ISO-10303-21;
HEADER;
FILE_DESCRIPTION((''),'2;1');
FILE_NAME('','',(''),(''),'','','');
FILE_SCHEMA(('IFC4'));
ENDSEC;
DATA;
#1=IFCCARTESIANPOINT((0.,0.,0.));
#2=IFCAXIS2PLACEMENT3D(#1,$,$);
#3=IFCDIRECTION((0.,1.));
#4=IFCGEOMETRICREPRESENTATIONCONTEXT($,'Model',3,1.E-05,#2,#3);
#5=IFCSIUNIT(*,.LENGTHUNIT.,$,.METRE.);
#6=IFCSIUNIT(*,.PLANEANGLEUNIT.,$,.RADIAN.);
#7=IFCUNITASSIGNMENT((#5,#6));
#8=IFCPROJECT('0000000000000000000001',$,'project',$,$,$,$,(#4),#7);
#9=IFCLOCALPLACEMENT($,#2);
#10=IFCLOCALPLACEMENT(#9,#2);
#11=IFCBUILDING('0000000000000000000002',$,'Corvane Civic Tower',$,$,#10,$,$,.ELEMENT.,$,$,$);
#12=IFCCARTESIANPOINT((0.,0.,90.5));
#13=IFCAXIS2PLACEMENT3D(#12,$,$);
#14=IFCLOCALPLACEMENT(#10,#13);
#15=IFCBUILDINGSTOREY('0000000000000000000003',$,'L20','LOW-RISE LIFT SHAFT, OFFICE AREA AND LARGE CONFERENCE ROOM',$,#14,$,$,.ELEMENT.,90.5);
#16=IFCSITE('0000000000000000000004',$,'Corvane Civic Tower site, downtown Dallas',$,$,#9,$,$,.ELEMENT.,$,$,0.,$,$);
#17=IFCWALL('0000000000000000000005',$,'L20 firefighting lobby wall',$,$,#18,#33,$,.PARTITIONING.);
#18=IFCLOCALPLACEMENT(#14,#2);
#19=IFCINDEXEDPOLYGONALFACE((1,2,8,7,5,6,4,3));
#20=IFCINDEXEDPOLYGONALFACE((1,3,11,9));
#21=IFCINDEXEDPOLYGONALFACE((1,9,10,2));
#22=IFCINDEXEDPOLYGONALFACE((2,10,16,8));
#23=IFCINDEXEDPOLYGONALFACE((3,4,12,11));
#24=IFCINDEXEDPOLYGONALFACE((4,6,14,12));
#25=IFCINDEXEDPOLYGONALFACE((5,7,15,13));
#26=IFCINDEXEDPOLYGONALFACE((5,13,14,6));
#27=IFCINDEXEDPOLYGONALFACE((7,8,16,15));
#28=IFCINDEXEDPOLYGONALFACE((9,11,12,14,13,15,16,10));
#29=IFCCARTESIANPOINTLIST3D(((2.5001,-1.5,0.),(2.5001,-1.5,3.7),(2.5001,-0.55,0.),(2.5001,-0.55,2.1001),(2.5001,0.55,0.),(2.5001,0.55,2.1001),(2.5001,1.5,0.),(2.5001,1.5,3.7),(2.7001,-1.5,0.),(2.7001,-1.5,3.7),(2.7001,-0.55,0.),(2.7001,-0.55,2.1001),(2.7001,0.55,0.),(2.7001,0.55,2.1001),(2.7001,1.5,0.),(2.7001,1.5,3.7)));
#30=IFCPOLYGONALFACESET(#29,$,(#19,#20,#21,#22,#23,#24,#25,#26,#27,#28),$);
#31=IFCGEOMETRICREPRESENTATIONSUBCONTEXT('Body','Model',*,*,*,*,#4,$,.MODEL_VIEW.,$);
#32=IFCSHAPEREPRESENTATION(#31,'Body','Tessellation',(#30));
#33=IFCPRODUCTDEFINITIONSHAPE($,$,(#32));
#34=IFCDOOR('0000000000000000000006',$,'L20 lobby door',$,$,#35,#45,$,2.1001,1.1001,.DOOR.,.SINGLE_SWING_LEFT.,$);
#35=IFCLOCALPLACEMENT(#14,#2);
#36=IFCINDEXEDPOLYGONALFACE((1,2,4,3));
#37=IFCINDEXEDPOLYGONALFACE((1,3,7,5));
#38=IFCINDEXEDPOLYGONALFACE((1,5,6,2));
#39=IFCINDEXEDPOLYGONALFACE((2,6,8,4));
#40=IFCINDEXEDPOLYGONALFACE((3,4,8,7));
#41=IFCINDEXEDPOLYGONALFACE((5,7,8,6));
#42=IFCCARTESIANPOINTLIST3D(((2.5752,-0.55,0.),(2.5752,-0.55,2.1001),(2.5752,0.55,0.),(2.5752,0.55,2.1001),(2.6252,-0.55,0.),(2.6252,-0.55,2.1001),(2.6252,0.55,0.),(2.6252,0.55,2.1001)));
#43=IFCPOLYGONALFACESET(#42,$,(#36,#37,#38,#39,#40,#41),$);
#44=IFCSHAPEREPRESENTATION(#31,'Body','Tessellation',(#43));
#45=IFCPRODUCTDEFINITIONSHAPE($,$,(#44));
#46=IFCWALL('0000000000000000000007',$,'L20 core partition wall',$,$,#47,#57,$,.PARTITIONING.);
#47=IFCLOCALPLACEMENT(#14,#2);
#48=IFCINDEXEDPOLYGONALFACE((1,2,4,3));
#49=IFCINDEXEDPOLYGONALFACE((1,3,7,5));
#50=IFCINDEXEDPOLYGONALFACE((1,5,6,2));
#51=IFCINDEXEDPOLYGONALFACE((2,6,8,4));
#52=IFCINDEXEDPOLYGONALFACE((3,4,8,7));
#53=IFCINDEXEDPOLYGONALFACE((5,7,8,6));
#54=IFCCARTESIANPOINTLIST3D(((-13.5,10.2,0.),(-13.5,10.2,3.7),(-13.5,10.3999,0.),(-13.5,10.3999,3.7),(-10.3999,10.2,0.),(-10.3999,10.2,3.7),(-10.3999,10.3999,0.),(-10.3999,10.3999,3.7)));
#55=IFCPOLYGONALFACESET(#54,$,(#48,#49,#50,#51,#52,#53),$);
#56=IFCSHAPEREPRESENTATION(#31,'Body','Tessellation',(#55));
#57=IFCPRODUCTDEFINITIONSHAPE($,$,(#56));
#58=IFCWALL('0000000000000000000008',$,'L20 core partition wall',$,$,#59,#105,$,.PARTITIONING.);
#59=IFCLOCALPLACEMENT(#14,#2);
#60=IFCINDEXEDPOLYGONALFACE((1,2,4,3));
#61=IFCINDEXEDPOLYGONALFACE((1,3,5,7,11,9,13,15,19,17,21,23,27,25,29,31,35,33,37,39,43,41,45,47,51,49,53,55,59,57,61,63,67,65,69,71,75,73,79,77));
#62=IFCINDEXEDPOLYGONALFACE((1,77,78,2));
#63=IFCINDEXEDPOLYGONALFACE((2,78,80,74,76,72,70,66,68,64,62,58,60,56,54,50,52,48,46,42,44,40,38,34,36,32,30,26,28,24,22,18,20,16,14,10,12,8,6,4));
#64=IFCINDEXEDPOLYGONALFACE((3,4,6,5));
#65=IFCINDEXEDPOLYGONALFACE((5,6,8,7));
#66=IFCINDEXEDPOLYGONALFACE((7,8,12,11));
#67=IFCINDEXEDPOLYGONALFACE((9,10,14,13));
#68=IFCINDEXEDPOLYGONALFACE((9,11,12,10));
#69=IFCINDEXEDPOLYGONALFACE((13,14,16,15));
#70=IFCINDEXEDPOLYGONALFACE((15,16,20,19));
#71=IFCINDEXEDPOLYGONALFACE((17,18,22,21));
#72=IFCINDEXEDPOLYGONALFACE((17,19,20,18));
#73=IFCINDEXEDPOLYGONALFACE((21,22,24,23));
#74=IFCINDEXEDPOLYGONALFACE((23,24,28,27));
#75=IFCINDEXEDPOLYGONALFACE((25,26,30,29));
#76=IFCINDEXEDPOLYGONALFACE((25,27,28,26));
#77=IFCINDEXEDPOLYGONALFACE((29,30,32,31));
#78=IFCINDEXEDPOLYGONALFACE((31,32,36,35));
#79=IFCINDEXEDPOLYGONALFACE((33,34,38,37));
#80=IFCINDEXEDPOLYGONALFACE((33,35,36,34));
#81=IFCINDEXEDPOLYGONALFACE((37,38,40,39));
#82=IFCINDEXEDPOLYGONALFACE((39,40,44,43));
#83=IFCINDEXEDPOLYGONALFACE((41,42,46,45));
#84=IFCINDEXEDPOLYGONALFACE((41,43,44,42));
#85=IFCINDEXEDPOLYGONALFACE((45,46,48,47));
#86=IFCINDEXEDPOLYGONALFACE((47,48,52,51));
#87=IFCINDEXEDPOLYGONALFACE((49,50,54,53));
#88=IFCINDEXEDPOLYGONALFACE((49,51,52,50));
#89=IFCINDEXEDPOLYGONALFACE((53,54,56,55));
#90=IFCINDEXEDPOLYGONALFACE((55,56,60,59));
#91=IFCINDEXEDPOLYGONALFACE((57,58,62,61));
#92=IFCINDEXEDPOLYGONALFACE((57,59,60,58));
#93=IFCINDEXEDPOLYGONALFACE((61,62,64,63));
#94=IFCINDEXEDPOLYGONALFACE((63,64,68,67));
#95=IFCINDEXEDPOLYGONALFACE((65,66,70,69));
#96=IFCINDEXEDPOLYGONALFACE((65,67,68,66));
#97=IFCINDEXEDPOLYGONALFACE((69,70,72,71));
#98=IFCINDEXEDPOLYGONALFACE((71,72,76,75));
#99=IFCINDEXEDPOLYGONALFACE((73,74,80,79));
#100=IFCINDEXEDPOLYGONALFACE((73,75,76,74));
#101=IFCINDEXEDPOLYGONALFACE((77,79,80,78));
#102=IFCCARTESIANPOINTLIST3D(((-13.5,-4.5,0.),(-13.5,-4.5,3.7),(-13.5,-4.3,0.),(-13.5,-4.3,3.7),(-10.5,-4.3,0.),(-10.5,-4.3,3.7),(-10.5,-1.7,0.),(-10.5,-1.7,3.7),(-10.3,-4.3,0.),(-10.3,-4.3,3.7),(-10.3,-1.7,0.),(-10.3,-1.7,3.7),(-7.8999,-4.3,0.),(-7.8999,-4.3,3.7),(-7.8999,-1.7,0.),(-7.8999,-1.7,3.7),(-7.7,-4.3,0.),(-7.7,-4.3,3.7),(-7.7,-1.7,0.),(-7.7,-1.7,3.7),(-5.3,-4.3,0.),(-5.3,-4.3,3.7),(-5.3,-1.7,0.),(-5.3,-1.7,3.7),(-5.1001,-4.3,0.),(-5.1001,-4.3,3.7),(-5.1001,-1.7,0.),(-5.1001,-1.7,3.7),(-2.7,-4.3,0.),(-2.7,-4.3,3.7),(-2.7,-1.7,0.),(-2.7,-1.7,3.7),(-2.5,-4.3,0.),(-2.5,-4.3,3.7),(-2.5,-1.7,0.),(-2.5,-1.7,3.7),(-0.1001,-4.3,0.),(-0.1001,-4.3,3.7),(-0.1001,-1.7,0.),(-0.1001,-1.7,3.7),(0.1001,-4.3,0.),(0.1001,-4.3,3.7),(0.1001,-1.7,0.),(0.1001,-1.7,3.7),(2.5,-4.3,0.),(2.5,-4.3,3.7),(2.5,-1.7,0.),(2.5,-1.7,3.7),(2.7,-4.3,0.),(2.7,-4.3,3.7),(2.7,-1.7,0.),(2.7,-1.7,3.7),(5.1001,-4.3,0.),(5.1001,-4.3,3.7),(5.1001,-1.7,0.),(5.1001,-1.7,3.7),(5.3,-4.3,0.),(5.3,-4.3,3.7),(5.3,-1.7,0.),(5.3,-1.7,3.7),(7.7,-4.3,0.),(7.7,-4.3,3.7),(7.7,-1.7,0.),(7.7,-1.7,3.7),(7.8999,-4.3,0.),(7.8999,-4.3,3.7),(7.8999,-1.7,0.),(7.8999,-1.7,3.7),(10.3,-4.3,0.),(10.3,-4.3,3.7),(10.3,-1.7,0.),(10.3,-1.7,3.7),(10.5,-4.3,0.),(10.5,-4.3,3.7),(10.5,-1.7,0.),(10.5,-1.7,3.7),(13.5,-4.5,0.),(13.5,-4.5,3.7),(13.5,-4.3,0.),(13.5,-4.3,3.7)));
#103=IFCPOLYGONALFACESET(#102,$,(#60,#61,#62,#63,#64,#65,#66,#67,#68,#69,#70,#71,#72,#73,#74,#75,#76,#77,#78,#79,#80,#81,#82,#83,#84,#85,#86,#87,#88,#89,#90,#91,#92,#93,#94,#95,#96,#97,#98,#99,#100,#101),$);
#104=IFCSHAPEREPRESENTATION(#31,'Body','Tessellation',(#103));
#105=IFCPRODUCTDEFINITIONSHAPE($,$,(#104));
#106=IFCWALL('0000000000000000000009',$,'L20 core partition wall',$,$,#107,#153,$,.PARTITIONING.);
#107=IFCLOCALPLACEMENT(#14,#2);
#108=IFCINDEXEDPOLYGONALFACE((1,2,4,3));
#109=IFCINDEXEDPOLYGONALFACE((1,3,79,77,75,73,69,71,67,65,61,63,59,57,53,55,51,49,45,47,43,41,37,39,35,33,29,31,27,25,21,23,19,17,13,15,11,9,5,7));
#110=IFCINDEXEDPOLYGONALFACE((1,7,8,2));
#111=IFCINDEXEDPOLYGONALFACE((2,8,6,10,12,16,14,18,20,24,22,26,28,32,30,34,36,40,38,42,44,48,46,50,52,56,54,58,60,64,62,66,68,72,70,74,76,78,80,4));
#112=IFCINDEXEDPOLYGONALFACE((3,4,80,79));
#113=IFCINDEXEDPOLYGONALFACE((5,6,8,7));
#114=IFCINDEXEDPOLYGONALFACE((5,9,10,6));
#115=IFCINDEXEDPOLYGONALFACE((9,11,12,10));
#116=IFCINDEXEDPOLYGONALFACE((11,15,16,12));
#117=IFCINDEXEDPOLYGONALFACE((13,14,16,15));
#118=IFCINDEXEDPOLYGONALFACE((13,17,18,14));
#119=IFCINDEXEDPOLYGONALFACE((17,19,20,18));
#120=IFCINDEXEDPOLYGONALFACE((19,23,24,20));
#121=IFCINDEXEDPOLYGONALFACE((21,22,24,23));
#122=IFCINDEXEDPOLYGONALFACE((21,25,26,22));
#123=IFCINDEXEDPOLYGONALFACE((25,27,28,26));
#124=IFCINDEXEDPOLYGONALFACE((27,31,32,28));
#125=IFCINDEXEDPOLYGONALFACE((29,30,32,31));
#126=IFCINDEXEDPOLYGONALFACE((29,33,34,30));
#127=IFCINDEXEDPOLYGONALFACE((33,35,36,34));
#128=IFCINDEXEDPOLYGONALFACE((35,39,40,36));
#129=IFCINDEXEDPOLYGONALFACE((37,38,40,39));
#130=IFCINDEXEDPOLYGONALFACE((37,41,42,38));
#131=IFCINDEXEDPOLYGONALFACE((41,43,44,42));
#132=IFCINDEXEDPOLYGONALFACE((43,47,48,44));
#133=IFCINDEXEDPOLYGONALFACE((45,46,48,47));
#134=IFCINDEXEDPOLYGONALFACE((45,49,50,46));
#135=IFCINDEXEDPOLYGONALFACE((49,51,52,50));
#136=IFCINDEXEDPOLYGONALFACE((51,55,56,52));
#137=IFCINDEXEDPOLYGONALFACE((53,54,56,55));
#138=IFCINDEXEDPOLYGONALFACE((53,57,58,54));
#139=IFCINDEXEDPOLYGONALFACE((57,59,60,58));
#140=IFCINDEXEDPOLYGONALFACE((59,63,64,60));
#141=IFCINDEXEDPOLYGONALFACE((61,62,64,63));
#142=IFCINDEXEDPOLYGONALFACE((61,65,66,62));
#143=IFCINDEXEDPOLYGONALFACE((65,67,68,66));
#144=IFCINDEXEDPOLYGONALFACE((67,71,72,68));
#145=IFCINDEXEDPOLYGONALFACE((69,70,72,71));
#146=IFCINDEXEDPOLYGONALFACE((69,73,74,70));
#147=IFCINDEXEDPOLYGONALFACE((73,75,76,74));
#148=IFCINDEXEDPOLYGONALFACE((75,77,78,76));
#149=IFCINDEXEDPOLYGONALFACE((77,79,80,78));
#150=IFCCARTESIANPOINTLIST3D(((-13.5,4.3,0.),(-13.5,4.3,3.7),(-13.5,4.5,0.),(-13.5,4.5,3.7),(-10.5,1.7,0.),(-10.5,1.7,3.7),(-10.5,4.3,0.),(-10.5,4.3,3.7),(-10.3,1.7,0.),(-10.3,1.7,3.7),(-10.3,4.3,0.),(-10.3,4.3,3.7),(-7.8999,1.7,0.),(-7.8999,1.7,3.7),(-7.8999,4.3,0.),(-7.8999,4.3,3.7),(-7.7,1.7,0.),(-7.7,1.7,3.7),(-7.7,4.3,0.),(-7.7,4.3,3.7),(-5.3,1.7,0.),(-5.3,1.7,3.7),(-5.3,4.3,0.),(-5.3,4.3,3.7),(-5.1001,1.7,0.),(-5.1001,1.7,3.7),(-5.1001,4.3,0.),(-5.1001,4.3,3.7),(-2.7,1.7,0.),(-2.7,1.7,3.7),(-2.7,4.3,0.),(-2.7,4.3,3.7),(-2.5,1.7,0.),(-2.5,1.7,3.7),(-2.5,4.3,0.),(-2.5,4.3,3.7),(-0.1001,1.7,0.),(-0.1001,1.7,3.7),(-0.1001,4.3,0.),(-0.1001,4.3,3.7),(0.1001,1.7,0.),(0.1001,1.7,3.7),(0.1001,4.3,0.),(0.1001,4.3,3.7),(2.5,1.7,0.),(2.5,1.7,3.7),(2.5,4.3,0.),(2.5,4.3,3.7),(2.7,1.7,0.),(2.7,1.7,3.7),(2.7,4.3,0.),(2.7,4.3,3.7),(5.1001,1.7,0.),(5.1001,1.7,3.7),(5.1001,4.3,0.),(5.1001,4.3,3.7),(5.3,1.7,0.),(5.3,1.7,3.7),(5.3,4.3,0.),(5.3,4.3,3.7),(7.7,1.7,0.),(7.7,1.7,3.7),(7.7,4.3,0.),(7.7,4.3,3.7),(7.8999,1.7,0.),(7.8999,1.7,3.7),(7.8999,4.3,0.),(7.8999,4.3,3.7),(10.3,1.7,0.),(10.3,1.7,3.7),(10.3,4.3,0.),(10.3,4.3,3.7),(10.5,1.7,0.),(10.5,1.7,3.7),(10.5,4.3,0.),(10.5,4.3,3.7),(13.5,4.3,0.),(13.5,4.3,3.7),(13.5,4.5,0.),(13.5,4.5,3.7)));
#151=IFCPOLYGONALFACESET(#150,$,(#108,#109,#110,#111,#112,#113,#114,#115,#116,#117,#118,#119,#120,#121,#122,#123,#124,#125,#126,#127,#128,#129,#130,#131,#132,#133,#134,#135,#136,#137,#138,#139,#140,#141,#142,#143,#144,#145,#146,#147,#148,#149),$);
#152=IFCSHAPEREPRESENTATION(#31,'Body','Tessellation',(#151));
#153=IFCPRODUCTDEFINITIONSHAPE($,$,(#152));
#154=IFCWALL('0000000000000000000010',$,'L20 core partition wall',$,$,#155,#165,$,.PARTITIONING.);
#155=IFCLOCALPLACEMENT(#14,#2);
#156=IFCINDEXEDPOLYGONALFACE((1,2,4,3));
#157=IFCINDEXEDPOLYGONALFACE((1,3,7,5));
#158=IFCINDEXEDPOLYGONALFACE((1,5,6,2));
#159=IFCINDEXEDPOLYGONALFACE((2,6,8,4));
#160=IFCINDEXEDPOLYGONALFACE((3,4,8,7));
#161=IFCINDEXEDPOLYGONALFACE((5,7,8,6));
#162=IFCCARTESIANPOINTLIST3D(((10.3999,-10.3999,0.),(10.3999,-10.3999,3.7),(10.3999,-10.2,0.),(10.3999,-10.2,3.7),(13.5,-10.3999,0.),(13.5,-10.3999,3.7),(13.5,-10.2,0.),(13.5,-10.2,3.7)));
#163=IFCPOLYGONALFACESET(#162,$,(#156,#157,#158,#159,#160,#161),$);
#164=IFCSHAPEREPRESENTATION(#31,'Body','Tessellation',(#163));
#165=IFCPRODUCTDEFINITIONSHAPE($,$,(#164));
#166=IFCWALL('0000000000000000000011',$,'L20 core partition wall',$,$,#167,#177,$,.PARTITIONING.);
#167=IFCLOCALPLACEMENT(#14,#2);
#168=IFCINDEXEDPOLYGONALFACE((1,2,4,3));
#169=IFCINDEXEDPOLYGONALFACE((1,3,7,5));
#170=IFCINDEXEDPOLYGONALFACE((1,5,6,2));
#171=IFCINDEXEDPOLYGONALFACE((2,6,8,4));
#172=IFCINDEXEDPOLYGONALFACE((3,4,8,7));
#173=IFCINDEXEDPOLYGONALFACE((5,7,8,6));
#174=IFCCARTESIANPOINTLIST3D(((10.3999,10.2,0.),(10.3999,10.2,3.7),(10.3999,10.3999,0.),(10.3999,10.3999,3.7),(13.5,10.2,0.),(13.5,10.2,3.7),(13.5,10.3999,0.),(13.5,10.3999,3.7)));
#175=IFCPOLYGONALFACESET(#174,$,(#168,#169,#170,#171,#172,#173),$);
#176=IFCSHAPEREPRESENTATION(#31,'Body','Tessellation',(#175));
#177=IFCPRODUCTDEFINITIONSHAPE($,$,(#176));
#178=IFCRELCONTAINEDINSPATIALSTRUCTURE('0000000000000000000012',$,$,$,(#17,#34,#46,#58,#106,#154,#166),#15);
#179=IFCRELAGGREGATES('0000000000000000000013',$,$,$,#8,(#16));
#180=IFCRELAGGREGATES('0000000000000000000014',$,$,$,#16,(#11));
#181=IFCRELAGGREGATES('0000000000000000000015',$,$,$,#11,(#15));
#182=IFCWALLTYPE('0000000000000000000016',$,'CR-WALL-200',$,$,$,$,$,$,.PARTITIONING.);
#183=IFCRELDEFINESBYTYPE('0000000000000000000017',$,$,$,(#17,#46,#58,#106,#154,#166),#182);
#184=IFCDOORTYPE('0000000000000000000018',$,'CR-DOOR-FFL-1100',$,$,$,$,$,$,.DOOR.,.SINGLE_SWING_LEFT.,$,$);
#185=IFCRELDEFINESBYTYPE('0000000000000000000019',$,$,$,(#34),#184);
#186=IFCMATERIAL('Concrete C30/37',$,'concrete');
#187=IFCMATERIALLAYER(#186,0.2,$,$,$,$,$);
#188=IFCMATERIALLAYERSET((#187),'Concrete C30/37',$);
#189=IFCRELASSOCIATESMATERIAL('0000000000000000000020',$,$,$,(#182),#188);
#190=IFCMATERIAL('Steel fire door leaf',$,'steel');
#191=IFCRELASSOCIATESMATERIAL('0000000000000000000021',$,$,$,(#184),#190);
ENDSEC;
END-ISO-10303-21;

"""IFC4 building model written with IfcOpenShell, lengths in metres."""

from ifc_helpers import new_model, si_unit, direction, frame, frame_2d, origin, place, context, subcontext, project, spatial, polyline, rectangle, outline, extrude, material, layer, layer_set, type_object, element, fill, save


model = new_model("IFC4")

# Units and contexts
model_context = context("Model", 3, precision=1e-05, world=origin(), true_north=direction((0.0, 1.0)))
body_context = subcontext(model_context, "Body", "Model", "MODEL_VIEW")
ifc_project = project(units=[si_unit("LENGTHUNIT", "METRE"), si_unit("PLANEANGLEUNIT", "RADIAN")], contexts=[model_context])

# Site, building, storey
site_placement = place(None, origin())
site = spatial("IfcSite", under=ifc_project, at=site_placement, Name="Corvane Civic Tower site, downtown Dallas", CompositionType="ELEMENT", RefElevation=0.0)
building_placement = place(site_placement, origin())
building = spatial("IfcBuilding", under=site, at=building_placement, Name="Corvane Civic Tower", CompositionType="ELEMENT")
storey_placement = place(building_placement, frame((0.0, 0.0, 90.5)))
storey = spatial("IfcBuildingStorey", under=building, at=storey_placement, Name="L20", Description="LOW-RISE LIFT SHAFT, OFFICE AREA AND LARGE CONFERENCE ROOM", CompositionType="ELEMENT", Elevation=90.5)

# Wall, opening, door
ifc_material_1 = material(Name="Concrete C30/37", Category="concrete")
ifc_layer_1 = layer(ifc_material_1, 0.2)
ifc_layer_set_1 = layer_set([ifc_layer_1], Name="Concrete C30/37")
wall_type_1 = type_object("IfcWallType", Name="CR-WALL-200", PredefinedType="PARTITIONING", material=ifc_layer_set_1)
wall_1_placement = place(storey_placement, frame((2.6001, -1.5, 0.0), z_axis=(0.0, 0.0, 1.0), x_axis=(0.0, 1.0, 0.0)))
wall_1 = element("IfcWall", 1, at=wall_1_placement, inside=storey, type_object=wall_type_1, Name="L20 firefighting lobby wall", PredefinedType="PARTITIONING", context=body_context, shape_type="SweptSolid", body=[
    extrude(rectangle(XDim=3.0, YDim=0.2, at=frame_2d((1.5, 0.0))), origin(), (0.0, 0.0, 1.0), 3.7),
])
opening_1_placement = place(wall_1_placement, frame((0.95, 0.0, 0.0)))
opening_1 = element("IfcOpeningElement", 2, at=opening_1_placement, cuts=wall_1, PredefinedType="OPENING", context=body_context, shape_type="SweptSolid", body=[
    extrude(rectangle(XDim=1.1001, YDim=2.1001, at=frame_2d((0.55, 1.05))), frame((0.0, 0.1099, 0.0), z_axis=(0.0, -1.0, 0.0), x_axis=(1.0, 0.0, 0.0)), (0.0, 0.0, 1.0), 0.22),
])
ifc_material_2 = material(Name="Steel fire door leaf", Category="steel")
door_type_1 = type_object("IfcDoorType", Name="CR-DOOR-FFL-1100", OperationType="SINGLE_SWING_LEFT", PredefinedType="DOOR", material=ifc_material_2)
door_1_placement = place(opening_1_placement, origin())
door_1 = element("IfcDoor", 3, at=door_1_placement, inside=storey, type_object=door_type_1, Name="L20 lobby door", OperationType="SINGLE_SWING_LEFT", OverallHeight=2.1001, OverallWidth=1.1001, PredefinedType="DOOR", context=body_context, shape_type="SweptSolid", body=[
    extrude(rectangle(XDim=1.1001, YDim=2.1001, at=frame_2d((0.55, 1.05))), frame((0.0, 0.0249, 0.0), z_axis=(0.0, -1.0, 0.0), x_axis=(1.0, 0.0, 0.0)), (0.0, 0.0, 1.0), 0.05),
])
fill(opening_1, door_1)

# Walls
wall_2_placement = place(storey_placement, origin())
element("IfcWall", 4, at=wall_2_placement, inside=storey, type_object=wall_type_1, Name="L20 core partition wall", PredefinedType="PARTITIONING", context=body_context, shape_type="SweptSolid", body=[
    extrude(outline(polyline([(-13.5, 10.2), (-13.5, 10.3999), (-10.3999, 10.3999), (-10.3999, 10.2), (-13.5, 10.2)])), origin(), (0.0, 0.0, 1.0), 3.7),
])
wall_3_placement = place(storey_placement, origin())
element("IfcWall", 5, at=wall_3_placement, inside=storey, type_object=wall_type_1, Name="L20 core partition wall", PredefinedType="PARTITIONING", context=body_context, shape_type="SweptSolid", body=[
    extrude(outline(polyline([(-10.5, -1.7), (-10.3, -1.7), (-10.3, -4.3), (-7.8999, -4.3), (-7.8999, -1.7), (-7.7, -1.7), (-7.7, -4.3), (-5.3, -4.3), (-5.3, -1.7), (-5.1001, -1.7), (-5.1001, -4.3), (-2.7, -4.3), (-2.7, -1.7), (-2.5, -1.7), (-2.5, -4.3), (-0.1001, -4.3), (-0.1001, -1.7), (0.1001, -1.7), (0.1001, -4.3), (2.5, -4.3), (2.5, -1.7), (2.7, -1.7), (2.7, -4.3), (5.1001, -4.3), (5.1001, -1.7), (5.3, -1.7), (5.3, -4.3), (7.7, -4.3), (7.7, -1.7), (7.8999, -1.7), (7.8999, -4.3), (10.3, -4.3), (10.3, -1.7), (10.5, -1.7), (10.5, -4.3), (13.5, -4.3), (13.5, -4.5), (-13.5, -4.5), (-13.5, -4.3), (-10.5, -4.3), (-10.5, -1.7)])), origin(), (0.0, 0.0, 1.0), 3.7),
])
wall_4_placement = place(storey_placement, origin())
element("IfcWall", 6, at=wall_4_placement, inside=storey, type_object=wall_type_1, Name="L20 core partition wall", PredefinedType="PARTITIONING", context=body_context, shape_type="SweptSolid", body=[
    extrude(outline(polyline([(-7.7, 4.3), (-7.7, 1.7), (-7.8999, 1.7), (-7.8999, 4.3), (-10.3, 4.3), (-10.3, 1.7), (-10.5, 1.7), (-10.5, 4.3), (-13.5, 4.3), (-13.5, 4.5), (13.5, 4.5), (13.5, 4.3), (10.5, 4.3), (10.5, 1.7), (10.3, 1.7), (10.3, 4.3), (7.8999, 4.3), (7.8999, 1.7), (7.7, 1.7), (7.7, 4.3), (5.3, 4.3), (5.3, 1.7), (5.1001, 1.7), (5.1001, 4.3), (2.7, 4.3), (2.7, 1.7), (2.5, 1.7), (2.5, 4.3), (0.1001, 4.3), (0.1001, 1.7), (-0.1001, 1.7), (-0.1001, 4.3), (-2.5, 4.3), (-2.5, 1.7), (-2.7, 1.7), (-2.7, 4.3), (-5.1001, 4.3), (-5.1001, 1.7), (-5.3, 1.7), (-5.3, 4.3), (-7.7, 4.3)])), origin(), (0.0, 0.0, 1.0), 3.7),
])
wall_5_placement = place(storey_placement, origin())
element("IfcWall", 7, at=wall_5_placement, inside=storey, type_object=wall_type_1, Name="L20 core partition wall", PredefinedType="PARTITIONING", context=body_context, shape_type="SweptSolid", body=[
    extrude(outline(polyline([(13.5, -10.3999), (10.3999, -10.3999), (10.3999, -10.2), (13.5, -10.2), (13.5, -10.3999)])), origin(), (0.0, 0.0, 1.0), 3.7),
])
wall_6_placement = place(storey_placement, origin())
element("IfcWall", 8, at=wall_6_placement, inside=storey, type_object=wall_type_1, Name="L20 core partition wall", PredefinedType="PARTITIONING", context=body_context, shape_type="SweptSolid", body=[
    extrude(outline(polyline([(10.3999, 10.2), (10.3999, 10.3999), (13.5, 10.3999), (13.5, 10.2), (10.3999, 10.2)])), origin(), (0.0, 0.0, 1.0), 3.7),
])

save(model, "model.ifc")
